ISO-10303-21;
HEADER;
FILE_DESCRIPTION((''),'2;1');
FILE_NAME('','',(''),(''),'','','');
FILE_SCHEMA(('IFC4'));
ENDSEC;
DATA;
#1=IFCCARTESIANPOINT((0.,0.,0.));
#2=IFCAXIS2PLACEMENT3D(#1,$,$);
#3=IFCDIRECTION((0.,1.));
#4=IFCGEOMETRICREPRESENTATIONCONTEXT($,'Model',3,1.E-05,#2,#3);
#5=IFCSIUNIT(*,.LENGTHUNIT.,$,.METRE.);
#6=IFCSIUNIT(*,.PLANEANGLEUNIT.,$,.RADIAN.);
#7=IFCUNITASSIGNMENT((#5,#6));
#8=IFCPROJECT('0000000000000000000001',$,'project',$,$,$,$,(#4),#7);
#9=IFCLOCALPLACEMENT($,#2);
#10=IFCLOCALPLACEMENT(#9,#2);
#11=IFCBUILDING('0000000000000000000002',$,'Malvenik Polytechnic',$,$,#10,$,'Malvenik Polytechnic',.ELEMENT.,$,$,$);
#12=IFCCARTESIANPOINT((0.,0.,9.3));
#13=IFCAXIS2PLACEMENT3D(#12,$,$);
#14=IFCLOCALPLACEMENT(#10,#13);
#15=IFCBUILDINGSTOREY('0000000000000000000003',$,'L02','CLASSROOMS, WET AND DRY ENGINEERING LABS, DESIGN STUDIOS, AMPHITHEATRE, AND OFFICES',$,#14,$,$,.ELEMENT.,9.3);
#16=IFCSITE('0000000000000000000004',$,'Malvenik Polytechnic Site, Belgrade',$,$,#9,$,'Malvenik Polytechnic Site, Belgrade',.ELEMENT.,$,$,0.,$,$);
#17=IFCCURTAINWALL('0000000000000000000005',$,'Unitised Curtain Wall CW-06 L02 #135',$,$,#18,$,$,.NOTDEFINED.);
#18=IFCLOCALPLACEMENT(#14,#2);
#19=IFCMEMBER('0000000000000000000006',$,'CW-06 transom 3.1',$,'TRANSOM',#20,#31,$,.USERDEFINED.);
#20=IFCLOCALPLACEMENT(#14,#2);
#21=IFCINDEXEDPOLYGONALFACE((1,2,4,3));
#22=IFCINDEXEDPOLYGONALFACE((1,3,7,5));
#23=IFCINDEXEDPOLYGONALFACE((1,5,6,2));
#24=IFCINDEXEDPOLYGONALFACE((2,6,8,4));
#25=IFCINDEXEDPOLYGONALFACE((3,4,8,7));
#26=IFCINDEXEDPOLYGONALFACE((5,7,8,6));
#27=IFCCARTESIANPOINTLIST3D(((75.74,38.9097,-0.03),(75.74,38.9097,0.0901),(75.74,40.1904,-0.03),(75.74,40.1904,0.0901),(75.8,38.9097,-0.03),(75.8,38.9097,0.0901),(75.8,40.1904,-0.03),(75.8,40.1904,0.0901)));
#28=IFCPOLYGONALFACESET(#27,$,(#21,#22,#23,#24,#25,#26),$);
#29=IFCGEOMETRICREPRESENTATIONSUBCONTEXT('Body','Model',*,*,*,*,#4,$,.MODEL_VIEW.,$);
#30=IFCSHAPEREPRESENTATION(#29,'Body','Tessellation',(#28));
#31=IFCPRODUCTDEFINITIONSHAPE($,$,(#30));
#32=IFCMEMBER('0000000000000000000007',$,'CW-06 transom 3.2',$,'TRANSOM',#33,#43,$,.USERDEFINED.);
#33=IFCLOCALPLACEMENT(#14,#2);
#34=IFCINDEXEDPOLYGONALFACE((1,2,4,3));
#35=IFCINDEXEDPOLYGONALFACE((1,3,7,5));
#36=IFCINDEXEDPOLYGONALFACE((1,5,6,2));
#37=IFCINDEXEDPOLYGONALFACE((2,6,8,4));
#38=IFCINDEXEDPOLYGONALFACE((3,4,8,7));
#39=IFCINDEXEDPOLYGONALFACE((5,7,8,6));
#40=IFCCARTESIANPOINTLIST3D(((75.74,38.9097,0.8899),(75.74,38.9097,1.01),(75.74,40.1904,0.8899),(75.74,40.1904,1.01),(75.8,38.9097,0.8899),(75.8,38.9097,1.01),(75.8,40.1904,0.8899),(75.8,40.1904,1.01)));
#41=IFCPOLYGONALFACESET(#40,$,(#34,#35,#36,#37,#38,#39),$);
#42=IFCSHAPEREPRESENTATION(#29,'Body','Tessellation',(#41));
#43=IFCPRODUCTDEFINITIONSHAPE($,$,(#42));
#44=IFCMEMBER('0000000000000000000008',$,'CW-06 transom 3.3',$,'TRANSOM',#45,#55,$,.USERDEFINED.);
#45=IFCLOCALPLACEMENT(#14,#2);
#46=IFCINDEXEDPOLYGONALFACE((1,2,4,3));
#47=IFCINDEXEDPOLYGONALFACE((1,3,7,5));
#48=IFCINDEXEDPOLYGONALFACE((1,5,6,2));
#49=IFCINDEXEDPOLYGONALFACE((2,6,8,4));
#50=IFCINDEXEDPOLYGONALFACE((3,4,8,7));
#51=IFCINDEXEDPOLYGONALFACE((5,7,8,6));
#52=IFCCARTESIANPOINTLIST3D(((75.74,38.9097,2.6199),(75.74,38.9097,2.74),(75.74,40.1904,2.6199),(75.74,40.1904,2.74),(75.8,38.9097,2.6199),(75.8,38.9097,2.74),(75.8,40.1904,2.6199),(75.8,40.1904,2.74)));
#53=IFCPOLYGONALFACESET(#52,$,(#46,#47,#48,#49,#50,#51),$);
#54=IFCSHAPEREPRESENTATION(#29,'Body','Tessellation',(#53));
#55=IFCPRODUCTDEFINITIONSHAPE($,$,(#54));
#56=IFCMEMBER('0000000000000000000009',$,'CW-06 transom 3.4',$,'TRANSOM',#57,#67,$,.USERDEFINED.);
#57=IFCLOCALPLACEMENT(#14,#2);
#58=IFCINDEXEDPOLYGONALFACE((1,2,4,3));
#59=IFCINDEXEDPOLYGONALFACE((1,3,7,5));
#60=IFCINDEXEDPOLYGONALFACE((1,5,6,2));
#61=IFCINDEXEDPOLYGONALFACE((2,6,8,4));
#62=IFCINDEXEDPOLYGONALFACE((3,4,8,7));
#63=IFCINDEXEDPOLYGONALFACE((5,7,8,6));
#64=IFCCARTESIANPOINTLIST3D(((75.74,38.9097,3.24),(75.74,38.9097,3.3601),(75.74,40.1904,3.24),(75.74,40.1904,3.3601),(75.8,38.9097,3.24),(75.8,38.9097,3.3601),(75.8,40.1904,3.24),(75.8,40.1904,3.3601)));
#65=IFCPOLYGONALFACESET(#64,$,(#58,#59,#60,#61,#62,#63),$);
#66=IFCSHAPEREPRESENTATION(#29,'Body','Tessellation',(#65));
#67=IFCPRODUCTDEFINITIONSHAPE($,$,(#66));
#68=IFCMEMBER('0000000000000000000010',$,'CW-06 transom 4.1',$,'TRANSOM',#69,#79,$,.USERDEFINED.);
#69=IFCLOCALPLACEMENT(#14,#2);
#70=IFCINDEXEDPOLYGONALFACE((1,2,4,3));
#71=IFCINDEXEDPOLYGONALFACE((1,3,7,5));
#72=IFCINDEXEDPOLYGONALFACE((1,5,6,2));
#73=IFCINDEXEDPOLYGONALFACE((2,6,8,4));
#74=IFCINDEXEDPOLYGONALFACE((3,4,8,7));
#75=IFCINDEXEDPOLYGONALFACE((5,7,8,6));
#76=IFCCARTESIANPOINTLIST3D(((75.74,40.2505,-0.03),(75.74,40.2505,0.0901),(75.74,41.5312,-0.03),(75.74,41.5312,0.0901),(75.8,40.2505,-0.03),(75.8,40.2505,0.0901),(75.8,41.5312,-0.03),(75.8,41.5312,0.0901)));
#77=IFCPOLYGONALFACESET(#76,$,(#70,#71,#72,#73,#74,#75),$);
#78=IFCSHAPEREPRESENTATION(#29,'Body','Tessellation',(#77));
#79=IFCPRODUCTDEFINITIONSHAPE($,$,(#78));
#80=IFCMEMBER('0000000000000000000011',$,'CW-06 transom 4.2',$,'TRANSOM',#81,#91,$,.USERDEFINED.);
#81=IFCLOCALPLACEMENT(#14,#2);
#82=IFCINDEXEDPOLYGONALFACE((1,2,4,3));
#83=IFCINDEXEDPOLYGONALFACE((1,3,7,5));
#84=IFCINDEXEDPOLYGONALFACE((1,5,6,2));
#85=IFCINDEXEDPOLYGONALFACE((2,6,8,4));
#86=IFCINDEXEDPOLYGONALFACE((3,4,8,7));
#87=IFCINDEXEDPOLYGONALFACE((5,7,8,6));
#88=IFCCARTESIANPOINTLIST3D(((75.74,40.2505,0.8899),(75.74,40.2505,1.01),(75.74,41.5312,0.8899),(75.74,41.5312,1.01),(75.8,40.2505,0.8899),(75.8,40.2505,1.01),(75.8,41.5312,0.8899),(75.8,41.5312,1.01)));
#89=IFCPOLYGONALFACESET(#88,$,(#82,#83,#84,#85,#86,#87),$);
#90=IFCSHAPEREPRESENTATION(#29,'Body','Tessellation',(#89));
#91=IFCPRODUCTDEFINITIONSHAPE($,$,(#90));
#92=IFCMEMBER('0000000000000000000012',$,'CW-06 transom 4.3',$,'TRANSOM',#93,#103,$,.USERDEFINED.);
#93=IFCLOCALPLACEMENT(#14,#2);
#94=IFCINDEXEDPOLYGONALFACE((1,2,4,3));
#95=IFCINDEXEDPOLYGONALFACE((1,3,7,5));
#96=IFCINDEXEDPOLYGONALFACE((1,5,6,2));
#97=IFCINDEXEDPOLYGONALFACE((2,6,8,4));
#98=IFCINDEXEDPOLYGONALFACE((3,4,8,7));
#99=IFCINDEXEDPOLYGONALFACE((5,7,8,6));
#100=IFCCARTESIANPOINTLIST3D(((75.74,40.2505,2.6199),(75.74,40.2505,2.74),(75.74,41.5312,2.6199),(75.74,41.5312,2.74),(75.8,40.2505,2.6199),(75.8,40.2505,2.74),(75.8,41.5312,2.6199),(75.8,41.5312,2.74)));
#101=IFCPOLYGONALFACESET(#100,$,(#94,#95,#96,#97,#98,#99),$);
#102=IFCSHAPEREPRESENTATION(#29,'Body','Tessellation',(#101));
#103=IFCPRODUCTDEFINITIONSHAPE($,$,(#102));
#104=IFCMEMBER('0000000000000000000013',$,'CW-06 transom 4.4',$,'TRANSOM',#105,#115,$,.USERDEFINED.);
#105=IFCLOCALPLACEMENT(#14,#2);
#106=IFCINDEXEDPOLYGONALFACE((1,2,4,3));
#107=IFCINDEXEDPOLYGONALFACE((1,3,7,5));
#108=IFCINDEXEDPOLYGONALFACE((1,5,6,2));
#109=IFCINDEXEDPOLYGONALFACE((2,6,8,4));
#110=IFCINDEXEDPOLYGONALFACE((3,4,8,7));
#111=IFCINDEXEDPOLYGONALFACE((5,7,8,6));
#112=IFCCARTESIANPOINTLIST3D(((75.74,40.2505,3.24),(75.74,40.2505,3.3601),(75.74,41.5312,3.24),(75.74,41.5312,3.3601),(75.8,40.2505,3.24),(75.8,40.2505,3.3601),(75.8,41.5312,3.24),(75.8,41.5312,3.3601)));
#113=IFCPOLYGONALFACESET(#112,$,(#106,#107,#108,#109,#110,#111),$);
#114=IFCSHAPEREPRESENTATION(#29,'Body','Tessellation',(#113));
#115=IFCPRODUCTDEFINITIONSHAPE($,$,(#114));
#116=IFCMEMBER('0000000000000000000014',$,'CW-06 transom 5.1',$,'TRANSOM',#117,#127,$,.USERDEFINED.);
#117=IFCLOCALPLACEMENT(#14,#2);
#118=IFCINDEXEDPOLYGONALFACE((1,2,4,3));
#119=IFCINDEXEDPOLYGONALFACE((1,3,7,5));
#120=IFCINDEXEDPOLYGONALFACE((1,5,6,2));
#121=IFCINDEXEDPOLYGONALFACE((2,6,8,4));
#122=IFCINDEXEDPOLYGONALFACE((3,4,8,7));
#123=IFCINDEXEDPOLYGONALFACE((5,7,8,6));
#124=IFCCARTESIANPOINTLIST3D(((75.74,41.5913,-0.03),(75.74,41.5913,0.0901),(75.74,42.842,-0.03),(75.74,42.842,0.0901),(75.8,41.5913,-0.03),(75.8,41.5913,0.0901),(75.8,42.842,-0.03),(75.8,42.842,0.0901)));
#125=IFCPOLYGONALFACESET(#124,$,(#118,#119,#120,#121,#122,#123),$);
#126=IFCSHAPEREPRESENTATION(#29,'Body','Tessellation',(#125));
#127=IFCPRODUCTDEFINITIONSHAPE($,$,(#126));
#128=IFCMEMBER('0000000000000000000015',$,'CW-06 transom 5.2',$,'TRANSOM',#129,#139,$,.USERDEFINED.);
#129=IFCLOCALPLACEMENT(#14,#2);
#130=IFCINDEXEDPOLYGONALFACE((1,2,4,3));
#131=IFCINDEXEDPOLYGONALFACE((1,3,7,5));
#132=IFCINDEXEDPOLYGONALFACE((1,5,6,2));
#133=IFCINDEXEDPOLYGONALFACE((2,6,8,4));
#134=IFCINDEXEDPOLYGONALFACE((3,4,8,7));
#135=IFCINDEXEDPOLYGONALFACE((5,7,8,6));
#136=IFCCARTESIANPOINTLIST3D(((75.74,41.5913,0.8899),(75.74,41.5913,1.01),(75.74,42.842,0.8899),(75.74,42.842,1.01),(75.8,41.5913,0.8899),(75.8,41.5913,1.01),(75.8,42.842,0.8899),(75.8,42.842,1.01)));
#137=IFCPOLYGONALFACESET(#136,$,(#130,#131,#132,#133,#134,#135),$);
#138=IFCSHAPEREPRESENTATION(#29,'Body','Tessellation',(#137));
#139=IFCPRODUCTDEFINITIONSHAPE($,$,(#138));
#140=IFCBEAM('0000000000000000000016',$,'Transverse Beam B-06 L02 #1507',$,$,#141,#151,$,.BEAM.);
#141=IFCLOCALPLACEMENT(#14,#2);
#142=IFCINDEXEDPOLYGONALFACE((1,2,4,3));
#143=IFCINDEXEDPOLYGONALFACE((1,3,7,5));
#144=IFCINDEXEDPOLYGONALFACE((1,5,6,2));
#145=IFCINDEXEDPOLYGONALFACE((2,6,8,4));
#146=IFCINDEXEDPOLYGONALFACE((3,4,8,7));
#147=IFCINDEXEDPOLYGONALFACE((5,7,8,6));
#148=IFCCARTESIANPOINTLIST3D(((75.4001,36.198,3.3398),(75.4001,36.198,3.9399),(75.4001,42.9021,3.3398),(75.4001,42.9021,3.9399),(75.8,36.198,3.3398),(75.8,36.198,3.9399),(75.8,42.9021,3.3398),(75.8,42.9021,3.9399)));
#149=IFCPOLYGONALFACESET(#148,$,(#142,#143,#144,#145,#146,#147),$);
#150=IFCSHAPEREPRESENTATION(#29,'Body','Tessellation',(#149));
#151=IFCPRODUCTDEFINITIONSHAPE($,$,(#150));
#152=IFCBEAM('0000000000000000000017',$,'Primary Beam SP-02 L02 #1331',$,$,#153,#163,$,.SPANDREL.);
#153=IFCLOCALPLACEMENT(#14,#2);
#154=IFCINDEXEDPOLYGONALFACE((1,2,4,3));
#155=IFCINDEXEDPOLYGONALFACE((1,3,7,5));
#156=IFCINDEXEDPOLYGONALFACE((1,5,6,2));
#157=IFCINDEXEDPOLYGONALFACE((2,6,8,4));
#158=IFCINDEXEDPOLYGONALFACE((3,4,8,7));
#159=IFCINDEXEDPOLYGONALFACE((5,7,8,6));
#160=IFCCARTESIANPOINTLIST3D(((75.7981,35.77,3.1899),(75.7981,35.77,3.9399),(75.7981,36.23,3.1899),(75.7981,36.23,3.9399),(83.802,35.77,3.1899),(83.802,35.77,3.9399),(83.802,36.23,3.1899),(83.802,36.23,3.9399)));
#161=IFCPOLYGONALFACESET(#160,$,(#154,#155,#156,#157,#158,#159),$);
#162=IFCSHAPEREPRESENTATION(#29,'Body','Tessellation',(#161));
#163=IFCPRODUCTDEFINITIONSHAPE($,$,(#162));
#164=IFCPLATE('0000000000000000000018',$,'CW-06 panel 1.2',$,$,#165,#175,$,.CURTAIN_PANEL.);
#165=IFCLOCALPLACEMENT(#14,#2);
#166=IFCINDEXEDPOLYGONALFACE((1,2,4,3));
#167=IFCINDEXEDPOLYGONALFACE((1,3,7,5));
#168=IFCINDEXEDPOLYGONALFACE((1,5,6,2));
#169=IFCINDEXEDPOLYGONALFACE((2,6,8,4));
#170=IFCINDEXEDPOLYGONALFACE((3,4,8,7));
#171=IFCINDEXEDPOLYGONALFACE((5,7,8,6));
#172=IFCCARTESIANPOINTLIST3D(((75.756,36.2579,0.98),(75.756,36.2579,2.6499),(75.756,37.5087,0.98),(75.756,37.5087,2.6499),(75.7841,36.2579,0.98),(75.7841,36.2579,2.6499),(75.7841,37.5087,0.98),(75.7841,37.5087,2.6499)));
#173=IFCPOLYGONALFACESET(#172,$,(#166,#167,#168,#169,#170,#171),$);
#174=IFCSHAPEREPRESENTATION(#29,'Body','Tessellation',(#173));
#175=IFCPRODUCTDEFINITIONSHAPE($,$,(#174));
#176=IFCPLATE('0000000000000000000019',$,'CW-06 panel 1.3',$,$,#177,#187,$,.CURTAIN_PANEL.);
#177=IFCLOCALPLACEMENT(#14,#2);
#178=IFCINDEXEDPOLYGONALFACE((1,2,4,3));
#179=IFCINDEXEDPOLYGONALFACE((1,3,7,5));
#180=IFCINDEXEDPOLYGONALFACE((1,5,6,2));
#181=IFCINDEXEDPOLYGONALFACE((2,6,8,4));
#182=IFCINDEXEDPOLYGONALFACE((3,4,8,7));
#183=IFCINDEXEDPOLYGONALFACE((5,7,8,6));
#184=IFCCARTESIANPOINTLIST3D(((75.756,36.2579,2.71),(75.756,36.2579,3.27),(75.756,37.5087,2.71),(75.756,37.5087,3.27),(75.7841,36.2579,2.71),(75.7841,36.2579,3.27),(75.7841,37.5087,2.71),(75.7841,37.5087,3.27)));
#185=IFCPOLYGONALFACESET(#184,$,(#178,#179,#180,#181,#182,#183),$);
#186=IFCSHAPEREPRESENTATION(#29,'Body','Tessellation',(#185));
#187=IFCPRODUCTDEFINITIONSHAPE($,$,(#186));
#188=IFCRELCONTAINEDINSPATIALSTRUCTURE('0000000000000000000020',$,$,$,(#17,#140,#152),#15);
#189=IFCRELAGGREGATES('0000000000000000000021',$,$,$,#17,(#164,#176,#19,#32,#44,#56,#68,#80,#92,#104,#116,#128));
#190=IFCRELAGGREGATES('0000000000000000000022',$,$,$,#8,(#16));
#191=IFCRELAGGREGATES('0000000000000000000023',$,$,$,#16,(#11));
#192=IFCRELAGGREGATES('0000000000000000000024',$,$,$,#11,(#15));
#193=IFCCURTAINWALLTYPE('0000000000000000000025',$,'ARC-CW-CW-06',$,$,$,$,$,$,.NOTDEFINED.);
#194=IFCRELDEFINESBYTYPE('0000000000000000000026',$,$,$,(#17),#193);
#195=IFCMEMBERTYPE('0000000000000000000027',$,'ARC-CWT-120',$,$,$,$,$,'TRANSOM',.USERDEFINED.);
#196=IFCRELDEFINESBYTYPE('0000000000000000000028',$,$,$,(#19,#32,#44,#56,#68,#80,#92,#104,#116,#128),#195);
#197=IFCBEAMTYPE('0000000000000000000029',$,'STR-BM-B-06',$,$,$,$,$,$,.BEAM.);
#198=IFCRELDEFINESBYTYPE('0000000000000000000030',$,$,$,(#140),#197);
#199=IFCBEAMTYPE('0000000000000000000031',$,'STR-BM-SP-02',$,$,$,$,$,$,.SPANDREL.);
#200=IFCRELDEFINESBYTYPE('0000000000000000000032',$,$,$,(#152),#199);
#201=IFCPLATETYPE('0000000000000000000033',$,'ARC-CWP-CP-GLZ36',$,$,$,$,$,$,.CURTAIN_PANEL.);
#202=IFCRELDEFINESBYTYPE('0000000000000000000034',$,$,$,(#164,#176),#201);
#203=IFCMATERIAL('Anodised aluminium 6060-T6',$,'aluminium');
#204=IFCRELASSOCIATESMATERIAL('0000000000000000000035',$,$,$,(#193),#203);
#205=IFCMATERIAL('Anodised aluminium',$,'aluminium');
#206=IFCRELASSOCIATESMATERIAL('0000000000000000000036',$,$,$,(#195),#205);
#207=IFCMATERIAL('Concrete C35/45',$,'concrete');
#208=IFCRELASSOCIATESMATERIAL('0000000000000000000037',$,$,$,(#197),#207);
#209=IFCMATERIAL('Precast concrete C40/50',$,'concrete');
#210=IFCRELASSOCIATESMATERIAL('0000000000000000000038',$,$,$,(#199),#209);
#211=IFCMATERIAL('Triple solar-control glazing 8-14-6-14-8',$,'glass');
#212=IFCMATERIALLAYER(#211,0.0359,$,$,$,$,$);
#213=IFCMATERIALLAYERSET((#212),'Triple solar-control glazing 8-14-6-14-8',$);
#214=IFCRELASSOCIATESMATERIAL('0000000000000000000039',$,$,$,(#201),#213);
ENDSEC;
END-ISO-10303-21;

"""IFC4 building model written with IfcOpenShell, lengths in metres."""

from ifc_helpers import new_model, si_unit, direction, frame, origin, origin_2d, place, context, subcontext, project, spatial, rectangle, extrude, material, layer, layer_set, material_profile, profile_set, type_object, element, aggregate, save


model = new_model("IFC4")

# Units and contexts
model_context = context("Model", 3, precision=1e-05, world=origin(), true_north=direction((0.0, 1.0)))
body_context = subcontext(model_context, "Body", "Model", "MODEL_VIEW")
ifc_project = project(units=[si_unit("LENGTHUNIT", "METRE"), si_unit("PLANEANGLEUNIT", "RADIAN")], contexts=[model_context])

# Site, building, storey
site_placement = place(None, origin())
site = spatial("IfcSite", under=ifc_project, at=site_placement, Name="Malvenik Polytechnic Site, Belgrade", LongName="Malvenik Polytechnic Site, Belgrade", CompositionType="ELEMENT", RefElevation=0.0)
building_placement = place(site_placement, origin())
building = spatial("IfcBuilding", under=site, at=building_placement, Name="Malvenik Polytechnic", LongName="Malvenik Polytechnic", CompositionType="ELEMENT")
storey_placement = place(building_placement, frame((0.0, 0.0, 9.3)))
storey = spatial("IfcBuildingStorey", under=building, at=storey_placement, Name="L02", Description="CLASSROOMS, WET AND DRY ENGINEERING LABS, DESIGN STUDIOS, AMPHITHEATRE, AND OFFICES", CompositionType="ELEMENT", Elevation=9.3)

# Curtain wall, members
ifc_material_1 = material(Name="Anodised aluminium 6060-T6", Category="aluminium")
curtain_wall_type = type_object("IfcCurtainWallType", Name="ARC-CW-CW-06", PredefinedType="NOTDEFINED", material=ifc_material_1)
curtain_wall_placement = place(storey_placement, origin())
curtain_wall = element("IfcCurtainWall", 1, at=curtain_wall_placement, inside=storey, type_object=curtain_wall_type, Name="Unitised Curtain Wall CW-06 L02 #135", PredefinedType="NOTDEFINED")
ifc_material_2 = material(Name="Anodised aluminium", Category="aluminium")
ifc_material_profile_1 = material_profile(ifc_material_2, rectangle(XDim=0.0601, YDim=0.1201, at=origin_2d()), Name="ALU TRANSOM 60x120")
ifc_profile_set_1 = profile_set([ifc_material_profile_1], Name="Anodised aluminium")
member_type_1 = type_object("IfcMemberType", Name="ARC-CWT-120", ElementType="TRANSOM", PredefinedType="USERDEFINED", material=ifc_profile_set_1)
member_1_placement = place(storey_placement, frame((75.77, 38.9097, 0.03), z_axis=(0.0, 1.0, 0.0), x_axis=(-1.0, 0.0, 0.0)))
member_1 = element("IfcMember", 2, at=member_1_placement, type_object=member_type_1, Name="CW-06 transom 3.1", ObjectType="TRANSOM", PredefinedType="USERDEFINED", context=body_context, shape_type="SweptSolid", body=[
    extrude(rectangle(XDim=0.0601, YDim=0.1201, at=origin_2d()), origin(), (0.0, 0.0, 1.0), 1.2808),
])
member_2_placement = place(storey_placement, frame((75.77, 38.9097, 0.95), z_axis=(0.0, 1.0, 0.0), x_axis=(-1.0, 0.0, 0.0)))
member_2 = element("IfcMember", 3, at=member_2_placement, type_object=member_type_1, Name="CW-06 transom 3.2", ObjectType="TRANSOM", PredefinedType="USERDEFINED", context=body_context, shape_type="SweptSolid", body=[
    extrude(rectangle(XDim=0.0601, YDim=0.1201, at=origin_2d()), origin(), (0.0, 0.0, 1.0), 1.2808),
])
member_3_placement = place(storey_placement, frame((75.77, 38.9097, 2.6799), z_axis=(0.0, 1.0, 0.0), x_axis=(-1.0, 0.0, 0.0)))
member_3 = element("IfcMember", 4, at=member_3_placement, type_object=member_type_1, Name="CW-06 transom 3.3", ObjectType="TRANSOM", PredefinedType="USERDEFINED", context=body_context, shape_type="SweptSolid", body=[
    extrude(rectangle(XDim=0.0601, YDim=0.1201, at=origin_2d()), origin(), (0.0, 0.0, 1.0), 1.2808),
])
member_4_placement = place(storey_placement, frame((75.77, 38.9097, 3.3), z_axis=(0.0, 1.0, 0.0), x_axis=(-1.0, 0.0, 0.0)))
member_4 = element("IfcMember", 5, at=member_4_placement, type_object=member_type_1, Name="CW-06 transom 3.4", ObjectType="TRANSOM", PredefinedType="USERDEFINED", context=body_context, shape_type="SweptSolid", body=[
    extrude(rectangle(XDim=0.0601, YDim=0.1201, at=origin_2d()), origin(), (0.0, 0.0, 1.0), 1.2808),
])
member_5_placement = place(storey_placement, frame((75.77, 40.2505, 0.03), z_axis=(0.0, 1.0, 0.0), x_axis=(-1.0, 0.0, 0.0)))
member_5 = element("IfcMember", 6, at=member_5_placement, type_object=member_type_1, Name="CW-06 transom 4.1", ObjectType="TRANSOM", PredefinedType="USERDEFINED", context=body_context, shape_type="SweptSolid", body=[
    extrude(rectangle(XDim=0.0601, YDim=0.1201, at=origin_2d()), origin(), (0.0, 0.0, 1.0), 1.2808),
])
member_6_placement = place(storey_placement, frame((75.77, 40.2505, 0.95), z_axis=(0.0, 1.0, 0.0), x_axis=(-1.0, 0.0, 0.0)))
member_6 = element("IfcMember", 7, at=member_6_placement, type_object=member_type_1, Name="CW-06 transom 4.2", ObjectType="TRANSOM", PredefinedType="USERDEFINED", context=body_context, shape_type="SweptSolid", body=[
    extrude(rectangle(XDim=0.0601, YDim=0.1201, at=origin_2d()), origin(), (0.0, 0.0, 1.0), 1.2808),
])
member_7_placement = place(storey_placement, frame((75.77, 40.2505, 2.6799), z_axis=(0.0, 1.0, 0.0), x_axis=(-1.0, 0.0, 0.0)))
member_7 = element("IfcMember", 8, at=member_7_placement, type_object=member_type_1, Name="CW-06 transom 4.3", ObjectType="TRANSOM", PredefinedType="USERDEFINED", context=body_context, shape_type="SweptSolid", body=[
    extrude(rectangle(XDim=0.0601, YDim=0.1201, at=origin_2d()), origin(), (0.0, 0.0, 1.0), 1.2808),
])
member_8_placement = place(storey_placement, frame((75.77, 40.2505, 3.3), z_axis=(0.0, 1.0, 0.0), x_axis=(-1.0, 0.0, 0.0)))
member_8 = element("IfcMember", 9, at=member_8_placement, type_object=member_type_1, Name="CW-06 transom 4.4", ObjectType="TRANSOM", PredefinedType="USERDEFINED", context=body_context, shape_type="SweptSolid", body=[
    extrude(rectangle(XDim=0.0601, YDim=0.1201, at=origin_2d()), origin(), (0.0, 0.0, 1.0), 1.2808),
])
member_9_placement = place(storey_placement, frame((75.77, 41.5913, 0.03), z_axis=(0.0, 1.0, 0.0), x_axis=(-1.0, 0.0, 0.0)))
member_9 = element("IfcMember", 10, at=member_9_placement, type_object=member_type_1, Name="CW-06 transom 5.1", ObjectType="TRANSOM", PredefinedType="USERDEFINED", context=body_context, shape_type="SweptSolid", body=[
    extrude(rectangle(XDim=0.0601, YDim=0.1201, at=origin_2d()), origin(), (0.0, 0.0, 1.0), 1.2507),
])
member_10_placement = place(storey_placement, frame((75.77, 41.5913, 0.95), z_axis=(0.0, 1.0, 0.0), x_axis=(-1.0, 0.0, 0.0)))
member_10 = element("IfcMember", 11, at=member_10_placement, type_object=member_type_1, Name="CW-06 transom 5.2", ObjectType="TRANSOM", PredefinedType="USERDEFINED", context=body_context, shape_type="SweptSolid", body=[
    extrude(rectangle(XDim=0.0601, YDim=0.1201, at=origin_2d()), origin(), (0.0, 0.0, 1.0), 1.2507),
])

# Beams
ifc_material_3 = material(Name="Concrete C35/45", Category="concrete")
ifc_material_profile_2 = material_profile(ifc_material_3, rectangle(XDim=0.3999, YDim=0.6001, at=origin_2d()), Name="RC BM 400x600")
ifc_profile_set_2 = profile_set([ifc_material_profile_2], Name="Concrete C35/45")
beam_type_1 = type_object("IfcBeamType", Name="STR-BM-B-06", PredefinedType="BEAM", material=ifc_profile_set_2)
beam_1_placement = place(storey_placement, frame((75.6001, 36.198, 3.6399), z_axis=(0.0, 1.0, 0.0), x_axis=(-1.0, 0.0, 0.0)))
element("IfcBeam", 12, at=beam_1_placement, inside=storey, type_object=beam_type_1, Name="Transverse Beam B-06 L02 #1507", PredefinedType="BEAM", context=body_context, shape_type="SweptSolid", body=[
    extrude(rectangle(XDim=0.3999, YDim=0.6001, at=origin_2d()), origin(), (0.0, 0.0, 1.0), 6.7041),
])
ifc_material_4 = material(Name="Precast concrete C40/50", Category="concrete")
ifc_material_profile_3 = material_profile(ifc_material_4, rectangle(XDim=0.46, YDim=0.75, at=origin_2d()), Name="PC SPN 460x750")
ifc_profile_set_3 = profile_set([ifc_material_profile_3], Name="Precast concrete C40/50")
beam_type_2 = type_object("IfcBeamType", Name="STR-BM-SP-02", PredefinedType="SPANDREL", material=ifc_profile_set_3)
beam_2_placement = place(storey_placement, frame((75.7981, 36.0, 3.5649), z_axis=(1.0, 0.0, 0.0), x_axis=(0.0, 1.0, 0.0)))
element("IfcBeam", 13, at=beam_2_placement, inside=storey, type_object=beam_type_2, Name="Primary Beam SP-02 L02 #1331", PredefinedType="SPANDREL", context=body_context, shape_type="SweptSolid", body=[
    extrude(rectangle(XDim=0.46, YDim=0.75, at=origin_2d()), origin(), (0.0, 0.0, 1.0), 8.0039),
])

# Plates
ifc_material_5 = material(Name="Triple solar-control glazing 8-14-6-14-8", Category="glass")
ifc_layer_1 = layer(ifc_material_5, 0.0359)
ifc_layer_set_1 = layer_set([ifc_layer_1], Name="Triple solar-control glazing 8-14-6-14-8")
plate_type_1 = type_object("IfcPlateType", Name="ARC-CWP-CP-GLZ36", PredefinedType="CURTAIN_PANEL", material=ifc_layer_set_1)
plate_1_placement = place(storey_placement, frame((75.77, 36.8833, 0.98), z_axis=(0.0, 0.0, 1.0), x_axis=(0.0, 1.0, 0.0)))
plate_1 = element("IfcPlate", 14, at=plate_1_placement, type_object=plate_type_1, Name="CW-06 panel 1.2", PredefinedType="CURTAIN_PANEL", context=body_context, shape_type="SweptSolid", body=[
    extrude(rectangle(XDim=1.2507, YDim=0.0281, at=origin_2d()), origin(), (0.0, 0.0, 1.0), 1.6699),
])
plate_2_placement = place(storey_placement, frame((75.77, 36.8833, 2.71), z_axis=(0.0, 0.0, 1.0), x_axis=(0.0, 1.0, 0.0)))
plate_2 = element("IfcPlate", 15, at=plate_2_placement, type_object=plate_type_1, Name="CW-06 panel 1.3", PredefinedType="CURTAIN_PANEL", context=body_context, shape_type="SweptSolid", body=[
    extrude(rectangle(XDim=1.2507, YDim=0.0281, at=origin_2d()), origin(), (0.0, 0.0, 1.0), 0.5601),
])
aggregate(curtain_wall, [plate_1, plate_2, member_1, member_2, member_3, member_4, member_5, member_6, member_7, member_8, member_9, member_10])

save(model, "model.ifc")
